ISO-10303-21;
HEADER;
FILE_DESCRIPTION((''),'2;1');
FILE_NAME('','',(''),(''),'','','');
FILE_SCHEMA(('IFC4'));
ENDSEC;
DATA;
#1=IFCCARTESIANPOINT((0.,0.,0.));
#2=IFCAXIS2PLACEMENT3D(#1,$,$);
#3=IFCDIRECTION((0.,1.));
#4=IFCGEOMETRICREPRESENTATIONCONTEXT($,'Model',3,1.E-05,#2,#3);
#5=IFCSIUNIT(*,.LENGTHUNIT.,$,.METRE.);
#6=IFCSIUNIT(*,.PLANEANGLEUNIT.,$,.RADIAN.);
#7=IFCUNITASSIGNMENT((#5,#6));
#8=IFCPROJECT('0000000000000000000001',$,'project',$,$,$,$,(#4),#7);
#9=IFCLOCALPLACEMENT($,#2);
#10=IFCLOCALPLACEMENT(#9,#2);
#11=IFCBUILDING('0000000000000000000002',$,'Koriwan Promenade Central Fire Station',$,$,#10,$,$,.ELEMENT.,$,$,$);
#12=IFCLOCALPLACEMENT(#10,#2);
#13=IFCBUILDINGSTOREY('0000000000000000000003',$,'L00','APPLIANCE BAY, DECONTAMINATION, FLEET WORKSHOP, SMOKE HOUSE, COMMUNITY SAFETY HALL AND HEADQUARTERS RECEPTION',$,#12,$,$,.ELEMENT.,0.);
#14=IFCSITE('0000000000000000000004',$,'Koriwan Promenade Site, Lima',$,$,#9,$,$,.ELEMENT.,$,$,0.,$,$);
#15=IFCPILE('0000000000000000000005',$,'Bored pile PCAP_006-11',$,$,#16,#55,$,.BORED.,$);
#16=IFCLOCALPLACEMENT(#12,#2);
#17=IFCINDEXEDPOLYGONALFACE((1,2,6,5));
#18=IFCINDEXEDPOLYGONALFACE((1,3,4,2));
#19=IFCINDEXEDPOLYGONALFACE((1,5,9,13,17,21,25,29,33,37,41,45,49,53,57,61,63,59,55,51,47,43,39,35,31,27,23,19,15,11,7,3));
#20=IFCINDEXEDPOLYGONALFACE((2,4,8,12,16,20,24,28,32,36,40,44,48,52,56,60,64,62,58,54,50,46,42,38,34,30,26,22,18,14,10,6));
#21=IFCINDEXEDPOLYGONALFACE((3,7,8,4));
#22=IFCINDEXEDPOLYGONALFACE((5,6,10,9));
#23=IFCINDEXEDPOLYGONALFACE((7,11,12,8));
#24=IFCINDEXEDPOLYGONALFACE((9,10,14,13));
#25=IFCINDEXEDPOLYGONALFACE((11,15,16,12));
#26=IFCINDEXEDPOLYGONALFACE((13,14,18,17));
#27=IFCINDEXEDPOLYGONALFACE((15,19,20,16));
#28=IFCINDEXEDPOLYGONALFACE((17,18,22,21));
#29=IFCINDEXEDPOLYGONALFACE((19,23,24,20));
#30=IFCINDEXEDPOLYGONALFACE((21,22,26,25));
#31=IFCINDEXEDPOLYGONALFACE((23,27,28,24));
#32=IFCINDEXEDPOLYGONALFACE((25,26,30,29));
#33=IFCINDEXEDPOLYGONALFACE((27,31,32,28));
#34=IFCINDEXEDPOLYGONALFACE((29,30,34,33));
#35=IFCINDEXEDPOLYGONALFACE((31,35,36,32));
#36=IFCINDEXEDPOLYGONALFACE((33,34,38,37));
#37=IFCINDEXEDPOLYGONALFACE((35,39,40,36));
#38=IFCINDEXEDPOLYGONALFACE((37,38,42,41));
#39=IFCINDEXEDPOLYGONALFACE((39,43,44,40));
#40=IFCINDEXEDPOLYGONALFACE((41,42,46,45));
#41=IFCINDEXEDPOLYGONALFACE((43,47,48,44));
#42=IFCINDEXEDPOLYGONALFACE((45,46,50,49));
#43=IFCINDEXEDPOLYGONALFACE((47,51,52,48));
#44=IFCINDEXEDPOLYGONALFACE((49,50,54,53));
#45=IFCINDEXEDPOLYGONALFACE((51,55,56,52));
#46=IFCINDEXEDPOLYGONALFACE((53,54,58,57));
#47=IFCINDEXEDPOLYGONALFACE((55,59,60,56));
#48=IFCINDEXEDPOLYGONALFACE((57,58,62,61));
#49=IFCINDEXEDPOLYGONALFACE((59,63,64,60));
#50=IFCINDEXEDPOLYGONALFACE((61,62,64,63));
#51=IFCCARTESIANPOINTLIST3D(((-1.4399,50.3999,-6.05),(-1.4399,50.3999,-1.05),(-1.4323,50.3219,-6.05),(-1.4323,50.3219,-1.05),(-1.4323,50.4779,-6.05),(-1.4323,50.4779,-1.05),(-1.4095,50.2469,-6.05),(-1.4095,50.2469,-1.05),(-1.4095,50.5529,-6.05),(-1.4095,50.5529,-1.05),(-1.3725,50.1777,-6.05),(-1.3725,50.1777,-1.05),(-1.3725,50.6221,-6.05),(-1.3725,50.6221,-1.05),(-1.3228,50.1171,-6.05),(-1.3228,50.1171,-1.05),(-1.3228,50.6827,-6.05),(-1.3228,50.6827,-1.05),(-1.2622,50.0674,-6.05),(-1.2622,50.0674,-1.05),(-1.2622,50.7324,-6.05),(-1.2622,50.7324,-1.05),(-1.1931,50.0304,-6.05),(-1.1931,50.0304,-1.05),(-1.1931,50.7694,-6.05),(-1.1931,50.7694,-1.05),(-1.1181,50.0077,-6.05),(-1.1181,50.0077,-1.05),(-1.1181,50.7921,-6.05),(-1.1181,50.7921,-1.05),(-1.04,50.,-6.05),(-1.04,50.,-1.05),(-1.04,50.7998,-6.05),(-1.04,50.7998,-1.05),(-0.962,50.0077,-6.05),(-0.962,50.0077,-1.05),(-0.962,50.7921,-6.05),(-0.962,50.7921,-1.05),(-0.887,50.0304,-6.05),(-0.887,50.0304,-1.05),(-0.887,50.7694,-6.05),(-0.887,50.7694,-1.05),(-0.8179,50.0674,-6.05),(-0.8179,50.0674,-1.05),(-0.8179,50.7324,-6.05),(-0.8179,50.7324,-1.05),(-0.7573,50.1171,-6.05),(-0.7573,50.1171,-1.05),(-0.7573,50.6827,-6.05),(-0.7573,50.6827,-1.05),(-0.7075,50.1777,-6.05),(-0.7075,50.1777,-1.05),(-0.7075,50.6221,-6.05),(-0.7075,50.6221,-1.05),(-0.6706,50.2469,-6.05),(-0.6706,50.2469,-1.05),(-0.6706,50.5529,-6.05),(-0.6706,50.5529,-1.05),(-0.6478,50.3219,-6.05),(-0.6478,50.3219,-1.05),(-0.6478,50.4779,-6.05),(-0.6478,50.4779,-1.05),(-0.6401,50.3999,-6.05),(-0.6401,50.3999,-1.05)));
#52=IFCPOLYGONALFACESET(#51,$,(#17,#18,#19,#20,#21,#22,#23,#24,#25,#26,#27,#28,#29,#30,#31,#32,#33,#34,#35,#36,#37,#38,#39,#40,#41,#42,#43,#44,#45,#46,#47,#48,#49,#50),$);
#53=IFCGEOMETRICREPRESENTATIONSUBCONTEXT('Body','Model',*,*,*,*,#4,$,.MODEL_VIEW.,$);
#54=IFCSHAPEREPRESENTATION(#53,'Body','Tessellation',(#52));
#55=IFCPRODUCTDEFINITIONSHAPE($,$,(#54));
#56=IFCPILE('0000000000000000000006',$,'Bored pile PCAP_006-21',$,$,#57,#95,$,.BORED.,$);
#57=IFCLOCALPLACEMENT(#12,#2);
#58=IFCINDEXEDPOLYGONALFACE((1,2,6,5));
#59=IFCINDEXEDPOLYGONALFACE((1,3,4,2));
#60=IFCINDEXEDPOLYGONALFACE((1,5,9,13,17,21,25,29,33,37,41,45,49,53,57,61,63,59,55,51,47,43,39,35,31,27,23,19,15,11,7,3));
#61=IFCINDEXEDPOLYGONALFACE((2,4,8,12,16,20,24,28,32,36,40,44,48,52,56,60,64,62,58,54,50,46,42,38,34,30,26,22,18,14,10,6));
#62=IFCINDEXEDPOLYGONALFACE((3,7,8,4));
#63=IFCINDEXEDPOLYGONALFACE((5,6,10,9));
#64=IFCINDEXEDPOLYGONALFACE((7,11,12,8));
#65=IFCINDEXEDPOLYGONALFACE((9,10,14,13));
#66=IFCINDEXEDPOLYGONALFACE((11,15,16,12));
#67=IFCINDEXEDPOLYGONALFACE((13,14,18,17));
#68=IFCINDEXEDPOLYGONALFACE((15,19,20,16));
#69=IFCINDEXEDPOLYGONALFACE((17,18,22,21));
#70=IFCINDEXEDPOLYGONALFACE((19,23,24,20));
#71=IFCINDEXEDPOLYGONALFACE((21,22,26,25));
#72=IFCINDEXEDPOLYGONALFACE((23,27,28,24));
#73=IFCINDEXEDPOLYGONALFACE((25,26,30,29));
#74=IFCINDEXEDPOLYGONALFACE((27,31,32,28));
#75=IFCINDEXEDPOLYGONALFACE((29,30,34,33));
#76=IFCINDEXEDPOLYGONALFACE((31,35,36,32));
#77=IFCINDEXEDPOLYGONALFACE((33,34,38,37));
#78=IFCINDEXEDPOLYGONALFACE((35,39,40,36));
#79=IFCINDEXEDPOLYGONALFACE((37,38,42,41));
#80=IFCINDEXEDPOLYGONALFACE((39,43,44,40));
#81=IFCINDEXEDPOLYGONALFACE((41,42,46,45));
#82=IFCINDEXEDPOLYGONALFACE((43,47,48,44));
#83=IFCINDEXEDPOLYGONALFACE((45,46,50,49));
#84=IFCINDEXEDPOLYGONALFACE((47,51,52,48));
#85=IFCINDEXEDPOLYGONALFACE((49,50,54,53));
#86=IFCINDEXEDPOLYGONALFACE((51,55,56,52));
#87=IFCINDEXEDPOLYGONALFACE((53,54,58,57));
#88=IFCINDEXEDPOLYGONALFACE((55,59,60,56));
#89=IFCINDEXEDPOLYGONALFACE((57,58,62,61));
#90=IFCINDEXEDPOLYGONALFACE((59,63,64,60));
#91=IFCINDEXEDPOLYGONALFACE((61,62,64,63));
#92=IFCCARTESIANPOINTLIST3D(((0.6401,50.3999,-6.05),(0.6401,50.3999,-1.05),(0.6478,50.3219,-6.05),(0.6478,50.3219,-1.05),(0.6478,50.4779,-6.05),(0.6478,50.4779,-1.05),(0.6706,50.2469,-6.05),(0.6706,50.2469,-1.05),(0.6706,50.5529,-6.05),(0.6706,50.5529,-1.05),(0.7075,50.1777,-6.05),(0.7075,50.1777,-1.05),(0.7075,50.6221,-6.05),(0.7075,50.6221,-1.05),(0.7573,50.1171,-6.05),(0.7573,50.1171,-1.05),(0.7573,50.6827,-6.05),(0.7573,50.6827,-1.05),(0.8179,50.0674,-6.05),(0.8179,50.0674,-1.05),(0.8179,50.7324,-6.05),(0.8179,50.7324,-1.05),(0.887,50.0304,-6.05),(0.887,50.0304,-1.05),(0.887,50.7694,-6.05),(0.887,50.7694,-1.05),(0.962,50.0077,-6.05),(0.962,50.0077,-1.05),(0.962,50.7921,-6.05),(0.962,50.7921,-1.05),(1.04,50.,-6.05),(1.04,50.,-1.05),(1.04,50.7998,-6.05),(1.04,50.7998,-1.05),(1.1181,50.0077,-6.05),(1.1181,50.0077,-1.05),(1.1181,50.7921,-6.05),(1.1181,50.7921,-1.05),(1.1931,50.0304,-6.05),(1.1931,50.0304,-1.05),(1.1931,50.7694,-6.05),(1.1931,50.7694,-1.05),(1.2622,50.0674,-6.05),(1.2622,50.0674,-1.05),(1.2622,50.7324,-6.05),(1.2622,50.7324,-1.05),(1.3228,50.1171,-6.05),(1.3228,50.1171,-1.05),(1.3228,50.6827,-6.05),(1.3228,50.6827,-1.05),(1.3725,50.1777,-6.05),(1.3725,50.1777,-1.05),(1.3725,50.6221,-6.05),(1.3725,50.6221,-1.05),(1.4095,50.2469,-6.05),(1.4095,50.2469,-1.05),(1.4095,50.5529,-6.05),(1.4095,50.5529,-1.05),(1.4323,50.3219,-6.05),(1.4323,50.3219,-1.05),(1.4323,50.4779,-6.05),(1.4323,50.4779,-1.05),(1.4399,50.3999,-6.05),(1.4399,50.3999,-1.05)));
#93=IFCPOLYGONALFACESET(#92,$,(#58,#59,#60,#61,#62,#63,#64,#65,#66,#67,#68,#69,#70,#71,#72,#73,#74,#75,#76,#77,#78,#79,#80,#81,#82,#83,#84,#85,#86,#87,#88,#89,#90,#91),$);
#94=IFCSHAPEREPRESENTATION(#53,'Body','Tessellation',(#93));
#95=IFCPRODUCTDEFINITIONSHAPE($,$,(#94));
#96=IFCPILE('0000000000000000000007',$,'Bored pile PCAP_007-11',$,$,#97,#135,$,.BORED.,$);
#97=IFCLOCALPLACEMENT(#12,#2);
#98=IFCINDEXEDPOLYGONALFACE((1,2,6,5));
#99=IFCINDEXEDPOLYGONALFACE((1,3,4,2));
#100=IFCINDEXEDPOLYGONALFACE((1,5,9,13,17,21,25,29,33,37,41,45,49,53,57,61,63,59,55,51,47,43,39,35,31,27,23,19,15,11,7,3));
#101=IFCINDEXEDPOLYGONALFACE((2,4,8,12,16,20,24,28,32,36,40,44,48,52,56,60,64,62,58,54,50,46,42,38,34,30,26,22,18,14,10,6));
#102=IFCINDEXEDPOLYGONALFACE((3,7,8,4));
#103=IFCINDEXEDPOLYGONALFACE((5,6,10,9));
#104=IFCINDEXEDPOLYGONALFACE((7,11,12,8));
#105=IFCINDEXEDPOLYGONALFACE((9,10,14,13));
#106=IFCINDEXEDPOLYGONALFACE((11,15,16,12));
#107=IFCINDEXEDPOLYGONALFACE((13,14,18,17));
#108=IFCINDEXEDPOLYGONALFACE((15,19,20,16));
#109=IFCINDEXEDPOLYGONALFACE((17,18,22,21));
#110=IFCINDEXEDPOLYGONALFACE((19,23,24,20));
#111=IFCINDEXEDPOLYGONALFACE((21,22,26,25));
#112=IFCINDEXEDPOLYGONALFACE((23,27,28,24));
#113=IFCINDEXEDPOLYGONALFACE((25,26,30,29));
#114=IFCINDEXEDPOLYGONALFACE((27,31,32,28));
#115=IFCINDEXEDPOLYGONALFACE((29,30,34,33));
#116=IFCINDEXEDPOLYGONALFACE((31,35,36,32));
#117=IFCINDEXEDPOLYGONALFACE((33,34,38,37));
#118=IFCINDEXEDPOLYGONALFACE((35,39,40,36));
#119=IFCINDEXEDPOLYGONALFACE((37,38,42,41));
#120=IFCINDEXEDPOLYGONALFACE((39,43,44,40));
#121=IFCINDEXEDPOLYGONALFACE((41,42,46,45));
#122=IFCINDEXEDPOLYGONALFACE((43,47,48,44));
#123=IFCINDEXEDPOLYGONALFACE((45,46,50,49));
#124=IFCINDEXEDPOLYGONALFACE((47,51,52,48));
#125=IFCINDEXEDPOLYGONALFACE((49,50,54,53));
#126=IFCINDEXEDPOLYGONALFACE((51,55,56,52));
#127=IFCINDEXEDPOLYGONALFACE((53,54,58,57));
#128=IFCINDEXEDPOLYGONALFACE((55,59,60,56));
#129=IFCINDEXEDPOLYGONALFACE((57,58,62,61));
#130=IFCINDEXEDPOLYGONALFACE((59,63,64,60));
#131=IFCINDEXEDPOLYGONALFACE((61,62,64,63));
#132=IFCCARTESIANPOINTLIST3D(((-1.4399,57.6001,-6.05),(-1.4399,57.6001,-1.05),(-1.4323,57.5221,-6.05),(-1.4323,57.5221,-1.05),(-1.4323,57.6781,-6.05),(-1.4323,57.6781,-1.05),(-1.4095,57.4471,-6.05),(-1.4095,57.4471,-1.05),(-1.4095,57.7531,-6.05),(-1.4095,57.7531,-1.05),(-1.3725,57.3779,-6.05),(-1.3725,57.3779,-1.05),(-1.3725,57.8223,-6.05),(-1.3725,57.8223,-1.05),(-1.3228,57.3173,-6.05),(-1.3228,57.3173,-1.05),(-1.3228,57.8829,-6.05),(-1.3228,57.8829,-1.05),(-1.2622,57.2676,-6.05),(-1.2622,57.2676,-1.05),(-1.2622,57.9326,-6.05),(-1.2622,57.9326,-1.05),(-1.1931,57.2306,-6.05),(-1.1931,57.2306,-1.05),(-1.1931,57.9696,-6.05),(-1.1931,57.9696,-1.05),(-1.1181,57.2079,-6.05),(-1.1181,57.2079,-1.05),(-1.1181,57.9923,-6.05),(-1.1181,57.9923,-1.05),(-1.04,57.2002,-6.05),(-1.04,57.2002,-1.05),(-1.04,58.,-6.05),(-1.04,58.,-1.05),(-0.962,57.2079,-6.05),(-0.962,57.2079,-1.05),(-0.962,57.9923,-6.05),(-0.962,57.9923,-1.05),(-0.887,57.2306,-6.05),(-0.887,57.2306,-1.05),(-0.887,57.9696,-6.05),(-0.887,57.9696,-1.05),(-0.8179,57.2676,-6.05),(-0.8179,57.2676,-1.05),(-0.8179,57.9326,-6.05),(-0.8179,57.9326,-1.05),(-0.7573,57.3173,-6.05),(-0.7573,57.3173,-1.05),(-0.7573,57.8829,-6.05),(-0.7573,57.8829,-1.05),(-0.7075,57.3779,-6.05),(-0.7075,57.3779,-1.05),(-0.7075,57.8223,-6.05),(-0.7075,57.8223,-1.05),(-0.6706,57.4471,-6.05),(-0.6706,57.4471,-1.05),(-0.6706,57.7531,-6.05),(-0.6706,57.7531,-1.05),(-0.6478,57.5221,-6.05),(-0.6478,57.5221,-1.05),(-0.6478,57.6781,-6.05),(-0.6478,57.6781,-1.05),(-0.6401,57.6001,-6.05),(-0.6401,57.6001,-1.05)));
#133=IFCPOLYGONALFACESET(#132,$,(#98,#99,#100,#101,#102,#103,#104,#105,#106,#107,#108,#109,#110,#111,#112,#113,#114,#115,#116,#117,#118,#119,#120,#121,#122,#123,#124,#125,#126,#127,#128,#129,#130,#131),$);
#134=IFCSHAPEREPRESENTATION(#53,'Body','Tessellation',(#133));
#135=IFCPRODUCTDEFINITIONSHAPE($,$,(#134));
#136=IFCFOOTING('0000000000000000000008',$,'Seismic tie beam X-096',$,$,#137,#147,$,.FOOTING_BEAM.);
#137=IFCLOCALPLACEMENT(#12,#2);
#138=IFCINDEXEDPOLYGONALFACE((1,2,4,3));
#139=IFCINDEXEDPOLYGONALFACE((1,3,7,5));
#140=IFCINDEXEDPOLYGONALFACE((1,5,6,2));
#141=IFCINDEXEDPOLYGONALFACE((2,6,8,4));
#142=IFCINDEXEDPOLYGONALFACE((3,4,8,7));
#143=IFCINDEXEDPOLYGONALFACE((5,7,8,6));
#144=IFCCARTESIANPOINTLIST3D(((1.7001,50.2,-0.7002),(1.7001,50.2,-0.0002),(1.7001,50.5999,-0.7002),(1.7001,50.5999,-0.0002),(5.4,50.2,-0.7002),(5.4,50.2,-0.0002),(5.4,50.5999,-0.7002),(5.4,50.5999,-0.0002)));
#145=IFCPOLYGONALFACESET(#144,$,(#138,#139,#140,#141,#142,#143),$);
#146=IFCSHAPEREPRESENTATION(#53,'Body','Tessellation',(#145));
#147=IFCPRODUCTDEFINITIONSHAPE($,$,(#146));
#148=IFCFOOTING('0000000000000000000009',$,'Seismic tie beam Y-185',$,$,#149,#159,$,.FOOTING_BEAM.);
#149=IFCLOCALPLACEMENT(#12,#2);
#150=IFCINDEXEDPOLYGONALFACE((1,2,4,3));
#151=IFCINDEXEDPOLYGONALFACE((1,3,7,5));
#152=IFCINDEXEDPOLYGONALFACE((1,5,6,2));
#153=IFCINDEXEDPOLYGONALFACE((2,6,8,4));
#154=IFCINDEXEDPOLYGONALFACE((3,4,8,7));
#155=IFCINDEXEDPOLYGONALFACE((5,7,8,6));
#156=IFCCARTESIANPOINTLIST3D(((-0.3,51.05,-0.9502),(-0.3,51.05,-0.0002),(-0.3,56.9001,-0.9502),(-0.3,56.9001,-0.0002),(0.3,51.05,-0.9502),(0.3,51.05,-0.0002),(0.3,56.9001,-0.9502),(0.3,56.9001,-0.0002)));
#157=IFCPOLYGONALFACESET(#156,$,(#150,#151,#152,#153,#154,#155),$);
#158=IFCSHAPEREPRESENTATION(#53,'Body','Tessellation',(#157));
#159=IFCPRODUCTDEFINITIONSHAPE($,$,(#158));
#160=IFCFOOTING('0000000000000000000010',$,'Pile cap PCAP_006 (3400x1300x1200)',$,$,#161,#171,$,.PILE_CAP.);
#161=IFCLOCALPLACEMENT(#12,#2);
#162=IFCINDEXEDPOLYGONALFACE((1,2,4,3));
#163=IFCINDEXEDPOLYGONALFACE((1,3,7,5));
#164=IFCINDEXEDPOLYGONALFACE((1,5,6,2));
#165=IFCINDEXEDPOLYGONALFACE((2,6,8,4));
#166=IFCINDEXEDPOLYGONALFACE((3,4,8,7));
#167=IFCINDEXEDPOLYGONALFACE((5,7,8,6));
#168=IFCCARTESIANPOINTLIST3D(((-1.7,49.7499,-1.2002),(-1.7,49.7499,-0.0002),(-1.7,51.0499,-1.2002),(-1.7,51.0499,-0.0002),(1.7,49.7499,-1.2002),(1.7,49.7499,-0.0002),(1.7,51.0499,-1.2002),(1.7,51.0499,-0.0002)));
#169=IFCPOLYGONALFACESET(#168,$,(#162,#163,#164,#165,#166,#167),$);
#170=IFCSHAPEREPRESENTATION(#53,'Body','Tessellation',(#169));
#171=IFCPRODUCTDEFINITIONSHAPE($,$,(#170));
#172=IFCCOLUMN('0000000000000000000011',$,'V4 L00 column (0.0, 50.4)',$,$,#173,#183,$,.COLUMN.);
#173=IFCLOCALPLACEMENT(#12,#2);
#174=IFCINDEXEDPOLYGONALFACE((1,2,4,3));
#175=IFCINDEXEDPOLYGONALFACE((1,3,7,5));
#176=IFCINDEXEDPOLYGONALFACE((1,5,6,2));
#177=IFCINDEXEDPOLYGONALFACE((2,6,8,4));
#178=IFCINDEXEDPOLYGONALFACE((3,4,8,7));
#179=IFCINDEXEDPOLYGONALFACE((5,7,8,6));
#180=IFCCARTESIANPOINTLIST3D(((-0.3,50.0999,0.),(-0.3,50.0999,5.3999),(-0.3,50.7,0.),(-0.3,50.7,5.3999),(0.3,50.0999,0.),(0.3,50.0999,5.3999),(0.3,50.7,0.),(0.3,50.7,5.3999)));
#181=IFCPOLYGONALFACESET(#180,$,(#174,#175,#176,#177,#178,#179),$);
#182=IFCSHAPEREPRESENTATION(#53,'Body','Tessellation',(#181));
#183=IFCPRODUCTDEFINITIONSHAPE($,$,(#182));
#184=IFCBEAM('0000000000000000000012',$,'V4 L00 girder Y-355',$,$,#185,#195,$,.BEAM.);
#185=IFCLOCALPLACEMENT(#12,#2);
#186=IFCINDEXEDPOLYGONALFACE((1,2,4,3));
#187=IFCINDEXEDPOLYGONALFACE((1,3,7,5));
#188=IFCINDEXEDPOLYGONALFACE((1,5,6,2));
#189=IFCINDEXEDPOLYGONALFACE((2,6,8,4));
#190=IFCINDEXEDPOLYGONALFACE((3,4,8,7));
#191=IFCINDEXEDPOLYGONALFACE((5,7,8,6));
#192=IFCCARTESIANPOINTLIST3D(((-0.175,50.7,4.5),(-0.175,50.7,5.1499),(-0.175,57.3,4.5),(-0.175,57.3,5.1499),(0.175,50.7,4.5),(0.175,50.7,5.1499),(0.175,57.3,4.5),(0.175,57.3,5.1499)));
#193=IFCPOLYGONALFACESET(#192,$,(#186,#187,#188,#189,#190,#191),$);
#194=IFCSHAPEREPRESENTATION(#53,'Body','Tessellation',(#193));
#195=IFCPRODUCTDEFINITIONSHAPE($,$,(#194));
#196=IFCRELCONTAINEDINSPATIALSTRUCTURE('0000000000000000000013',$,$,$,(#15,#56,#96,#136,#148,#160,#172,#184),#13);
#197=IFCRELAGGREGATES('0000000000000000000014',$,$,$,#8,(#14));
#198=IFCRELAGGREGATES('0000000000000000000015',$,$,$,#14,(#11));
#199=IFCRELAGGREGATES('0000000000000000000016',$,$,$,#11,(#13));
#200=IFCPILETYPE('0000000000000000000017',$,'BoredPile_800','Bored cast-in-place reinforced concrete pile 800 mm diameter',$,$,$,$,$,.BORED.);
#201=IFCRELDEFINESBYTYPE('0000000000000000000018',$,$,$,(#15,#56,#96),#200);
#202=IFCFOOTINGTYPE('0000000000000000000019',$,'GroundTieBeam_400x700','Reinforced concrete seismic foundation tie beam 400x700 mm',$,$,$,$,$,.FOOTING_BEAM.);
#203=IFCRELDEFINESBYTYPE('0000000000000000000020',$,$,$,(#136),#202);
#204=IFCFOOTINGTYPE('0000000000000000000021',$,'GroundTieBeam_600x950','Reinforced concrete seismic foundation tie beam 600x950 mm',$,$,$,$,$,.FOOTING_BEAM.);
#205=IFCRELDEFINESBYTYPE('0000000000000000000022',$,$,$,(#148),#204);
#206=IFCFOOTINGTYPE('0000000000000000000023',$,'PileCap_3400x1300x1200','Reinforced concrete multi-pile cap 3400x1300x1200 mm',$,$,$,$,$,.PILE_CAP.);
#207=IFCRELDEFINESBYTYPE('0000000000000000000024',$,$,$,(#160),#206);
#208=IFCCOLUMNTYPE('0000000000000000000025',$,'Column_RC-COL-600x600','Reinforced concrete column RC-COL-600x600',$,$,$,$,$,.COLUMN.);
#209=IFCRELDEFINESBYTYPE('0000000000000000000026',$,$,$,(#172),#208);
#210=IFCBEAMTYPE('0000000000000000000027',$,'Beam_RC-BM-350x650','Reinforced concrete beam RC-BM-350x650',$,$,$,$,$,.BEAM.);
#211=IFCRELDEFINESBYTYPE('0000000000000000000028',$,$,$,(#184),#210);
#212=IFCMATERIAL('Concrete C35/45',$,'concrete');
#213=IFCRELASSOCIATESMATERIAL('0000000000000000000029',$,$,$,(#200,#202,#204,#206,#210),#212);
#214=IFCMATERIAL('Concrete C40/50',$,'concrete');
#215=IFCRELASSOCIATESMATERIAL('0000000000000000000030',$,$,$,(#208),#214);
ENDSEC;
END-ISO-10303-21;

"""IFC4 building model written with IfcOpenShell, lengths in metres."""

from ifc_helpers import new_model, si_unit, direction, frame, origin, origin_2d, place, context, subcontext, project, spatial, rectangle, circle, extrude, material, material_profile, profile_set, type_object, element, save


model = new_model("IFC4")

# Units and contexts
model_context = context("Model", 3, precision=1e-05, world=origin(), true_north=direction((0.0, 1.0)))
body_context = subcontext(model_context, "Body", "Model", "MODEL_VIEW")
ifc_project = project(units=[si_unit("LENGTHUNIT", "METRE"), si_unit("PLANEANGLEUNIT", "RADIAN")], contexts=[model_context])

# Site, building, storey
site_placement = place(None, origin())
site = spatial("IfcSite", under=ifc_project, at=site_placement, Name="Koriwan Promenade Site, Lima", CompositionType="ELEMENT", RefElevation=0.0)
building_placement = place(site_placement, origin())
building = spatial("IfcBuilding", under=site, at=building_placement, Name="Koriwan Promenade Central Fire Station", CompositionType="ELEMENT")
storey_placement = place(building_placement, origin())
storey = spatial("IfcBuildingStorey", under=building, at=storey_placement, Name="L00", Description="APPLIANCE BAY, DECONTAMINATION, FLEET WORKSHOP, SMOKE HOUSE, COMMUNITY SAFETY HALL AND HEADQUARTERS RECEPTION", CompositionType="ELEMENT", Elevation=0.0)

# Piles
ifc_material_1 = material(Name="Concrete C35/45", Category="concrete")
ifc_material_profile_1 = material_profile(ifc_material_1, circle(Radius=0.3999, at=origin_2d()), Name="PILE-D800")
ifc_profile_set_1 = profile_set([ifc_material_profile_1], Name="Concrete C35/45")
pile_type = type_object("IfcPileType", Name="BoredPile_800", Description="Bored cast-in-place reinforced concrete pile 800 mm diameter", PredefinedType="BORED", material=ifc_profile_set_1)
for number, where, z_axis, x_axis, name in (
    (1, (-1.04, 50.3999, -1.05), (0.0, 0.0, -1.0), (1.0, 0.0, 0.0), "Bored pile PCAP_006-11"),
    (2, (1.04, 50.3999, -1.05), (0.0, 0.0, -1.0), (1.0, 0.0, 0.0), "Bored pile PCAP_006-21"),
    (3, (-1.04, 57.6001, -1.05), (0.0, 0.0, -1.0), (1.0, 0.0, 0.0), "Bored pile PCAP_007-11"),
):
    element("IfcPile", number, at=place(storey_placement, frame(where, z_axis=z_axis, x_axis=x_axis)), inside=storey, type_object=pile_type, Name=name, PredefinedType="BORED", context=body_context, shape_type="SweptSolid", body=[
        extrude(circle(Radius=0.3999, at=origin_2d()), origin(), (0.0, 0.0, 1.0), 5.0),
    ])

# Footings
footing_type_1 = type_object("IfcFootingType", Name="GroundTieBeam_400x700", Description="Reinforced concrete seismic foundation tie beam 400x700 mm", PredefinedType="FOOTING_BEAM", material=ifc_material_1)
footing_1_placement = place(storey_placement, frame((3.55, 50.3999, -0.7002), z_axis=(0.0, 0.0, 1.0), x_axis=(1.0, 0.0, 0.0)))
element("IfcFooting", 4, at=footing_1_placement, inside=storey, type_object=footing_type_1, Name="Seismic tie beam X-096", PredefinedType="FOOTING_BEAM", context=body_context, shape_type="SweptSolid", body=[
    extrude(rectangle(XDim=3.7, YDim=0.3999, at=origin_2d()), origin(), (0.0, 0.0, 1.0), 0.7),
])
footing_type_2 = type_object("IfcFootingType", Name="GroundTieBeam_600x950", Description="Reinforced concrete seismic foundation tie beam 600x950 mm", PredefinedType="FOOTING_BEAM", material=ifc_material_1)
footing_2_placement = place(storey_placement, frame((0.0, 53.9751, -0.9502), z_axis=(0.0, 0.0, 1.0), x_axis=(0.0, 1.0, 0.0)))
element("IfcFooting", 5, at=footing_2_placement, inside=storey, type_object=footing_type_2, Name="Seismic tie beam Y-185", PredefinedType="FOOTING_BEAM", context=body_context, shape_type="SweptSolid", body=[
    extrude(rectangle(XDim=5.8501, YDim=0.6001, at=origin_2d()), origin(), (0.0, 0.0, 1.0), 0.95),
])
footing_type_3 = type_object("IfcFootingType", Name="PileCap_3400x1300x1200", Description="Reinforced concrete multi-pile cap 3400x1300x1200 mm", PredefinedType="PILE_CAP", material=ifc_material_1)
footing_3_placement = place(storey_placement, frame((0.0, 50.3999, -1.2002), z_axis=(0.0, 0.0, 1.0), x_axis=(1.0, 0.0, 0.0)))
element("IfcFooting", 6, at=footing_3_placement, inside=storey, type_object=footing_type_3, Name="Pile cap PCAP_006 (3400x1300x1200)", PredefinedType="PILE_CAP", context=body_context, shape_type="SweptSolid", body=[
    extrude(rectangle(XDim=3.3999, YDim=1.3, at=origin_2d()), origin(), (0.0, 0.0, 1.0), 1.2),
])

# Column
ifc_material_2 = material(Name="Concrete C40/50", Category="concrete")
ifc_material_profile_2 = material_profile(ifc_material_2, rectangle(XDim=0.6001, YDim=0.6001, at=origin_2d()), Name="RC-COL-600x600")
ifc_profile_set_2 = profile_set([ifc_material_profile_2], Name="Concrete C40/50")
column_type = type_object("IfcColumnType", Name="Column_RC-COL-600x600", Description="Reinforced concrete column RC-COL-600x600", PredefinedType="COLUMN", material=ifc_profile_set_2)
column_placement = place(storey_placement, frame((0.0, 50.3999, 0.0), z_axis=(0.0, 0.0, 1.0), x_axis=(1.0, 0.0, 0.0)))
element("IfcColumn", 7, at=column_placement, inside=storey, type_object=column_type, Name="V4 L00 column (0.0, 50.4)", PredefinedType="COLUMN", context=body_context, shape_type="SweptSolid", body=[
    extrude(rectangle(XDim=0.6001, YDim=0.6001, at=origin_2d()), origin(), (0.0, 0.0, 1.0), 5.3999),
])

# Beam
ifc_material_profile_3 = material_profile(ifc_material_1, rectangle(XDim=0.3501, YDim=0.6499, at=origin_2d()), Name="RC-BM-350x650")
ifc_profile_set_3 = profile_set([ifc_material_profile_3], Name="Concrete C35/45")
beam_type_1 = type_object("IfcBeamType", Name="Beam_RC-BM-350x650", Description="Reinforced concrete beam RC-BM-350x650", PredefinedType="BEAM", material=ifc_profile_set_3)
beam_1_placement = place(storey_placement, frame((0.0, 50.7, 4.825), z_axis=(0.0, 1.0, 0.0), x_axis=(-1.0, 0.0, 0.0)))
element("IfcBeam", 8, at=beam_1_placement, inside=storey, type_object=beam_type_1, Name="V4 L00 girder Y-355", PredefinedType="BEAM", context=body_context, shape_type="SweptSolid", body=[
    extrude(rectangle(XDim=0.3501, YDim=0.6499, at=origin_2d()), origin(), (0.0, 0.0, 1.0), 6.6001),
])

save(model, "model.ifc")
